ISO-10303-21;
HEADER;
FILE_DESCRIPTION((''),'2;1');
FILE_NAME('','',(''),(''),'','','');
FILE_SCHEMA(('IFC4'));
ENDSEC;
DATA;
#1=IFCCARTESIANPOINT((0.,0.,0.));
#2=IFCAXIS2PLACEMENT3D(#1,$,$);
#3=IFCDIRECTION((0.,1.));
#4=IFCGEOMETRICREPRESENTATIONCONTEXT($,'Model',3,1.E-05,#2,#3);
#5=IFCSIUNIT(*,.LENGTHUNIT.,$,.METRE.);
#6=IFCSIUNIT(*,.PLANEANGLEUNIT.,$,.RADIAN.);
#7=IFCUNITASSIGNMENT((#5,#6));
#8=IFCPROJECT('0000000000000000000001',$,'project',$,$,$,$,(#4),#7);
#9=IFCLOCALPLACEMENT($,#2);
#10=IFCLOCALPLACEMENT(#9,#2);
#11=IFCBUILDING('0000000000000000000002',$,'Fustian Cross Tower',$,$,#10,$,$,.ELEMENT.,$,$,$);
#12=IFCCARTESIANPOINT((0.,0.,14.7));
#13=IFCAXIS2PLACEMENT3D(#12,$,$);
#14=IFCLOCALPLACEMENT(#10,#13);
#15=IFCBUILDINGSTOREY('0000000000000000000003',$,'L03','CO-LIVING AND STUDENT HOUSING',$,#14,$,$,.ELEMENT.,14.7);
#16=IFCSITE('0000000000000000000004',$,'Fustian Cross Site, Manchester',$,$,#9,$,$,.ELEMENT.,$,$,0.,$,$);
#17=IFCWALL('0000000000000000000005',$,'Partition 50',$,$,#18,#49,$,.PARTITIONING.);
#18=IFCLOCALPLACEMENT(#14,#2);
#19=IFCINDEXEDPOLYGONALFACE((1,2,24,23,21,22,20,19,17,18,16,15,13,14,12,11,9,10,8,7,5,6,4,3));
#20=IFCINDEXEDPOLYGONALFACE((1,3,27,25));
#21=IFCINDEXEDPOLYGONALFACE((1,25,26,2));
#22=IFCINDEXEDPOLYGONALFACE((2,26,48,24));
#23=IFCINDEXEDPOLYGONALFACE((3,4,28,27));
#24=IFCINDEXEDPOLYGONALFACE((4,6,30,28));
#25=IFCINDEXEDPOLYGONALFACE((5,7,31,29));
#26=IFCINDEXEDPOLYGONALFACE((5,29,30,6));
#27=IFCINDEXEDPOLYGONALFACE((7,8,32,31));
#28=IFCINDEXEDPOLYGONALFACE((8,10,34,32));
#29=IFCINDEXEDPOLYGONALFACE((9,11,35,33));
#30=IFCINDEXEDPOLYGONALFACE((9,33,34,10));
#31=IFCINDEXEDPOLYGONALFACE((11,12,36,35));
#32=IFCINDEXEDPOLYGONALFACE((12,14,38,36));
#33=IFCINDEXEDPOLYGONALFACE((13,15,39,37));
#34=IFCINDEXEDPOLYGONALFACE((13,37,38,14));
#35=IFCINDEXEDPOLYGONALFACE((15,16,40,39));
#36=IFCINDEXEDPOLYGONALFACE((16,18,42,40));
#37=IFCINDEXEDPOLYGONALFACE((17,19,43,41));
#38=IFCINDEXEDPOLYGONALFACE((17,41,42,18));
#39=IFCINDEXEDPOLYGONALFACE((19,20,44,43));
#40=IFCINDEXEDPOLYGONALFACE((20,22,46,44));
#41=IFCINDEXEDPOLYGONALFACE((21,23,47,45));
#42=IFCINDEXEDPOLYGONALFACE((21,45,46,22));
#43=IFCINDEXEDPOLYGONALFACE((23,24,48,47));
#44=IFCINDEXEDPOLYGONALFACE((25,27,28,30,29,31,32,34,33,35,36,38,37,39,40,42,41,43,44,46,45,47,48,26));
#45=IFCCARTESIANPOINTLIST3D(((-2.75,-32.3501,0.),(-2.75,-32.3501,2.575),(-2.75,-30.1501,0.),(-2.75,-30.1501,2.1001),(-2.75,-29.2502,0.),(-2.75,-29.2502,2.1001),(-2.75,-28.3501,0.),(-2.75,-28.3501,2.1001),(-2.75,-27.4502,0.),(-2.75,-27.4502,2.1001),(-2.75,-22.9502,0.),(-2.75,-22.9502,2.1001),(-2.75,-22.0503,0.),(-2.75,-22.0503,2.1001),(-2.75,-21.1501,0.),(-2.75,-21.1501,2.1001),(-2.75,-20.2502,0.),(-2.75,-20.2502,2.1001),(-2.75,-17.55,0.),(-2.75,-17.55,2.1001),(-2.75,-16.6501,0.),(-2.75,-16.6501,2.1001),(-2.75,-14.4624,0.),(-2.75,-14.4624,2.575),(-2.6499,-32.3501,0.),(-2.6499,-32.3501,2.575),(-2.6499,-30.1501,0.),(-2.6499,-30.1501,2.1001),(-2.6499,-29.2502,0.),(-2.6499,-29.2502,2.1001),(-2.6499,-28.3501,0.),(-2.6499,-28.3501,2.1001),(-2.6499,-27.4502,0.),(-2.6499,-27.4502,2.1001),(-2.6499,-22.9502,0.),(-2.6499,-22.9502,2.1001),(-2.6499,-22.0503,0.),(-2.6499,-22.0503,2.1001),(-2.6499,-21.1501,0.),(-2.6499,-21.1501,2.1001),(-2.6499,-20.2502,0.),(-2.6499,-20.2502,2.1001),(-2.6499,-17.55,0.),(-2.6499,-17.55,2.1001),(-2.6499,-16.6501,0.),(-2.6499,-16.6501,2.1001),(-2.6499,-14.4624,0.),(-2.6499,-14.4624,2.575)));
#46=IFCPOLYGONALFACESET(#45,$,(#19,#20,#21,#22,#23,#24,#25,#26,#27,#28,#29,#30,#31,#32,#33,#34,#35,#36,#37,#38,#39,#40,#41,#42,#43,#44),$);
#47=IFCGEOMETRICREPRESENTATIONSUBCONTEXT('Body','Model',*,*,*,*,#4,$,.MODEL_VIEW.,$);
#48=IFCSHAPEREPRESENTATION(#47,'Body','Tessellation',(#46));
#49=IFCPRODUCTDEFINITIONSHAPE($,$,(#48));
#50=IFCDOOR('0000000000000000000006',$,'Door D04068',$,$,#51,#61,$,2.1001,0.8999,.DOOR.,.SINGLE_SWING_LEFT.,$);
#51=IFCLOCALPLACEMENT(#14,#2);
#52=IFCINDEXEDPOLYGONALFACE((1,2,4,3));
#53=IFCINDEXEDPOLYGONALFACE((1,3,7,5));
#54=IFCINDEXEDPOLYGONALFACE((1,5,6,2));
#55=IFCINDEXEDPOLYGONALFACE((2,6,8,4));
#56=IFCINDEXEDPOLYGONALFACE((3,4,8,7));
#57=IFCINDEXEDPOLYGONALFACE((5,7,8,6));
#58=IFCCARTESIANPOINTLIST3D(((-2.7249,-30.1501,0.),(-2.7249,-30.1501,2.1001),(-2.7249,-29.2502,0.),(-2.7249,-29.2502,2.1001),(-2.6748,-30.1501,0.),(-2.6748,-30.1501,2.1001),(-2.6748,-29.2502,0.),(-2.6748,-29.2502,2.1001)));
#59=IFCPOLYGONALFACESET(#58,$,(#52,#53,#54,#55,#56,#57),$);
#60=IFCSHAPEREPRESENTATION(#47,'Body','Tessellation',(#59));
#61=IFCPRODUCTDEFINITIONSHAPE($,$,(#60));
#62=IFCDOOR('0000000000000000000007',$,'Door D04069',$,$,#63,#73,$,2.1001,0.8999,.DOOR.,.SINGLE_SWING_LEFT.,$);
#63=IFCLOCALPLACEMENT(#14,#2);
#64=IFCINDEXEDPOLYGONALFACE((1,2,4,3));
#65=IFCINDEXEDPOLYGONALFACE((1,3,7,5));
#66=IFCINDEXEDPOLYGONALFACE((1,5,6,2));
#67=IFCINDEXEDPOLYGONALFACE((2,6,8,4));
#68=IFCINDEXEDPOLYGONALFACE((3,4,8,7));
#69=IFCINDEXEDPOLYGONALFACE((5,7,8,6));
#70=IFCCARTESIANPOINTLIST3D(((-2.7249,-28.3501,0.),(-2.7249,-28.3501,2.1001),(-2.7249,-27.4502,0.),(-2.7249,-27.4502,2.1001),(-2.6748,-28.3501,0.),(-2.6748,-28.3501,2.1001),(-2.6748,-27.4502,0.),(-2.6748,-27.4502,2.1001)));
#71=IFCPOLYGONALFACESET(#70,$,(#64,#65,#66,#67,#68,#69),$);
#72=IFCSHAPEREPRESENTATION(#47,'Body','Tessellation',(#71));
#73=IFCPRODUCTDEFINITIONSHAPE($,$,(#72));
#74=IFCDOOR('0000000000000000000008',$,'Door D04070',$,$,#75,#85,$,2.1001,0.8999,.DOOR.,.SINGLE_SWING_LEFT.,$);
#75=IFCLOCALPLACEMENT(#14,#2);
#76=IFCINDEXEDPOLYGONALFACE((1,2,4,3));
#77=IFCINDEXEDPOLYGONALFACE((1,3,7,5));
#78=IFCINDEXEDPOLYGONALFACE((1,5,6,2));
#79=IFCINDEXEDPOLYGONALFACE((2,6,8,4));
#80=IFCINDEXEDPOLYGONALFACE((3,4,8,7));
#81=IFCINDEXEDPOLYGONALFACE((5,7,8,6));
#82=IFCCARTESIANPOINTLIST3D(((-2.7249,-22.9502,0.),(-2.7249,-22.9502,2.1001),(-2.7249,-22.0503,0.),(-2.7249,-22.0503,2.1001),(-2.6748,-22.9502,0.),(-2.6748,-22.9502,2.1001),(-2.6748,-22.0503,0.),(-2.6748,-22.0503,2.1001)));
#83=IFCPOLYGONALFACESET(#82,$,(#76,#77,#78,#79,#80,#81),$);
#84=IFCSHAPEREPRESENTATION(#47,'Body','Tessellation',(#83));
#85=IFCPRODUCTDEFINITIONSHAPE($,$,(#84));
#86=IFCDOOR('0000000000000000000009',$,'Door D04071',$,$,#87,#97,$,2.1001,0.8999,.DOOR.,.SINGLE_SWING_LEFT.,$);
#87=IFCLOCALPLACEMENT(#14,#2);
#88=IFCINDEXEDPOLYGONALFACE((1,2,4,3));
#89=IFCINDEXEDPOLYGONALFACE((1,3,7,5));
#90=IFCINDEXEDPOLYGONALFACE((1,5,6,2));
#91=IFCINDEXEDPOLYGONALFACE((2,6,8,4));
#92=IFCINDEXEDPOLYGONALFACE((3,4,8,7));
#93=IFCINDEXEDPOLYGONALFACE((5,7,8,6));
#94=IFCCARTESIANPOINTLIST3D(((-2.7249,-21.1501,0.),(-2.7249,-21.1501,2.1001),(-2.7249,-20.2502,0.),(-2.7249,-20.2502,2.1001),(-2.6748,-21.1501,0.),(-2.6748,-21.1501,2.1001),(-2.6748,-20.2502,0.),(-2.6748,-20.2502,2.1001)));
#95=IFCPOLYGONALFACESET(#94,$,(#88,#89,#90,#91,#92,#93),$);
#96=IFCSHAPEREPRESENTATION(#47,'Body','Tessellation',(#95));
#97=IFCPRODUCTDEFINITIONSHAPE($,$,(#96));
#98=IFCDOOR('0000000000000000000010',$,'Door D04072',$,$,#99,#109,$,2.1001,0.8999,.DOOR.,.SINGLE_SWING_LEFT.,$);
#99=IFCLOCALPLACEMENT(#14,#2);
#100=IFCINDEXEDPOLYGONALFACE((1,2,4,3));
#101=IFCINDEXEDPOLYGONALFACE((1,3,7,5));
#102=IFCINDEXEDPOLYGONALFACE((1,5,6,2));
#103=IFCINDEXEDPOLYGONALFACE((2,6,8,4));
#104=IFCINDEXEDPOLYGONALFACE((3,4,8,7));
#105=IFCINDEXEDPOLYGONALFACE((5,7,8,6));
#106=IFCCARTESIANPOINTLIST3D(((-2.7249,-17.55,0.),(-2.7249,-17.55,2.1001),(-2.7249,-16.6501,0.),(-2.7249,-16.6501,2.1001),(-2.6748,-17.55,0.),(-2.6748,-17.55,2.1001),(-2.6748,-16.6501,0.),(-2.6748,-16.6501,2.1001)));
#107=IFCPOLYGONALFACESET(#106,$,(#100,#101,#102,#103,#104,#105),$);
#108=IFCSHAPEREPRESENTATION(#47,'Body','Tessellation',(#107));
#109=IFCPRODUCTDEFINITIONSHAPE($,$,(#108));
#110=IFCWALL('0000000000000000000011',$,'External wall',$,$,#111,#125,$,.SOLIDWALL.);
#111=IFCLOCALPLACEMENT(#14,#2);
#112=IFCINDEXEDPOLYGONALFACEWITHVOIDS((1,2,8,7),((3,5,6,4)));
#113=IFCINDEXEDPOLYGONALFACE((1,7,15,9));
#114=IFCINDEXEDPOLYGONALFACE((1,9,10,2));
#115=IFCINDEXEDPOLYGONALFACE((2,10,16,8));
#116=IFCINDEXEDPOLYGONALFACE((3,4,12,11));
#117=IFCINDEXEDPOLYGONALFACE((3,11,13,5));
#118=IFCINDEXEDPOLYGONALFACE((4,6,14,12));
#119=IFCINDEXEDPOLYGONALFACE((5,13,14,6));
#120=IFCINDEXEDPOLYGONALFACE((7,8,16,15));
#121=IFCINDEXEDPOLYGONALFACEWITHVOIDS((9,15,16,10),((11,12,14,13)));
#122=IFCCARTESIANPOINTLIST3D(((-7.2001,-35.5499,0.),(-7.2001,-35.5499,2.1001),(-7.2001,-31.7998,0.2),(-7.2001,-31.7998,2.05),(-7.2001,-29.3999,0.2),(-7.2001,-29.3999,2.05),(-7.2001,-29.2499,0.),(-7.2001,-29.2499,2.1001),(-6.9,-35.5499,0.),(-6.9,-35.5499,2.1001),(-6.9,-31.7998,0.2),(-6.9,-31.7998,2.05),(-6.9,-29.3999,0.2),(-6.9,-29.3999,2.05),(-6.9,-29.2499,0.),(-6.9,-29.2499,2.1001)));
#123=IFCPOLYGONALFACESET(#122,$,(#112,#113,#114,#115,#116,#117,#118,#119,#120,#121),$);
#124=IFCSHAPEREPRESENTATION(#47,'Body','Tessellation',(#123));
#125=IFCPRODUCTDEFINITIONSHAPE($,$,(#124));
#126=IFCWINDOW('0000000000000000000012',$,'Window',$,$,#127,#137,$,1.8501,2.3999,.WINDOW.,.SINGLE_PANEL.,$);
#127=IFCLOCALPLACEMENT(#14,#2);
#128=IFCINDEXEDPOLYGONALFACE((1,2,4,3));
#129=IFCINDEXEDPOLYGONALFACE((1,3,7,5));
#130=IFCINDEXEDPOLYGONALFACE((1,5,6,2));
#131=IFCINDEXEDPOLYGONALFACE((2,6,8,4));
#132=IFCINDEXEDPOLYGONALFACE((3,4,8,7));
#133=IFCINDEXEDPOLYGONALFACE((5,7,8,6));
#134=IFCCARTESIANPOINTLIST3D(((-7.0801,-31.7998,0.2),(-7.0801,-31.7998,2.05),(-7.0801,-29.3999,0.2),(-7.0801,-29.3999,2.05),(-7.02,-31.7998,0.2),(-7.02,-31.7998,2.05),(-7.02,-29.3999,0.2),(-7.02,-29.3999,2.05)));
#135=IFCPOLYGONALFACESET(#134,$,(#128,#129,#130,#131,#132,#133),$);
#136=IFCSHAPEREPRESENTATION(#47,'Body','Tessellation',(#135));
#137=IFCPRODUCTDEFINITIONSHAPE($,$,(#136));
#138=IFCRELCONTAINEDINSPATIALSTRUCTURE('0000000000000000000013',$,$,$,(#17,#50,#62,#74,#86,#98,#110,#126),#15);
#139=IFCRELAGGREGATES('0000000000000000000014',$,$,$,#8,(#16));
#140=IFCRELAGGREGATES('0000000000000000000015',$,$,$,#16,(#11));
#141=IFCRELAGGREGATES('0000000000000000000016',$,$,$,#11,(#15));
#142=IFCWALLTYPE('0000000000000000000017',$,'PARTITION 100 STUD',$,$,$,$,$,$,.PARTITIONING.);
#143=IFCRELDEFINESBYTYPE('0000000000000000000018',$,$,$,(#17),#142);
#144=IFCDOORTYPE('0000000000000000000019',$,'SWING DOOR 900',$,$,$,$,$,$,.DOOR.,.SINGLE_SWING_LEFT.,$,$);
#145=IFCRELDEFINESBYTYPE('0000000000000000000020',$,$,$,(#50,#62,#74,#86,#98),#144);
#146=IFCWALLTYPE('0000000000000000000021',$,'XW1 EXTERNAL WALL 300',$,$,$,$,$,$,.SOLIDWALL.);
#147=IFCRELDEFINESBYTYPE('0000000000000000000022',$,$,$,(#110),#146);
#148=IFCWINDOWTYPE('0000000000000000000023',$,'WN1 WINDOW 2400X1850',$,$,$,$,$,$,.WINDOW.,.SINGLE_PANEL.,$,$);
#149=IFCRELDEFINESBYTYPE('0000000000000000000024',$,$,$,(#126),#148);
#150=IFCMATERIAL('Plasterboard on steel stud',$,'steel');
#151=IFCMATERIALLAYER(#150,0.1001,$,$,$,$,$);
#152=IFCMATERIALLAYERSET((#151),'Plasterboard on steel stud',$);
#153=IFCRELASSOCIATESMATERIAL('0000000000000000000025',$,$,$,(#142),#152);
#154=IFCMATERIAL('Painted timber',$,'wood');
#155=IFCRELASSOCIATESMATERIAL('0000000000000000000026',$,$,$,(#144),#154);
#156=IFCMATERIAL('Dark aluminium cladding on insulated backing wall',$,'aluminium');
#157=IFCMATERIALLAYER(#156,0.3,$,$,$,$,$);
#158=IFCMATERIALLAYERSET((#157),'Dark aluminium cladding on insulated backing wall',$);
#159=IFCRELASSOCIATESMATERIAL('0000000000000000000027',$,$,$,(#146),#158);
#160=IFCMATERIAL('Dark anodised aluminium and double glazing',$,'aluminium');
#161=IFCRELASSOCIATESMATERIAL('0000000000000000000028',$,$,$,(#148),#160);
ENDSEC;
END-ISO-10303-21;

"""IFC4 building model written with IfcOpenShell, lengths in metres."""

from ifc_helpers import new_model, si_unit, direction, frame, frame_2d, origin, place, context, subcontext, project, spatial, rectangle, extrude, material, layer, layer_set, type_object, element, fill, save


model = new_model("IFC4")

# Units and contexts
model_context = context("Model", 3, precision=1e-05, world=origin(), true_north=direction((0.0, 1.0)))
body_context = subcontext(model_context, "Body", "Model", "MODEL_VIEW")
ifc_project = project(units=[si_unit("LENGTHUNIT", "METRE"), si_unit("PLANEANGLEUNIT", "RADIAN")], contexts=[model_context])

# Site, building, storey
site_placement = place(None, origin())
site = spatial("IfcSite", under=ifc_project, at=site_placement, Name="Fustian Cross Site, Manchester", CompositionType="ELEMENT", RefElevation=0.0)
building_placement = place(site_placement, origin())
building = spatial("IfcBuilding", under=site, at=building_placement, Name="Fustian Cross Tower", CompositionType="ELEMENT")
storey_placement = place(building_placement, frame((0.0, 0.0, 14.7)))
storey = spatial("IfcBuildingStorey", under=building, at=storey_placement, Name="L03", Description="CO-LIVING AND STUDENT HOUSING", CompositionType="ELEMENT", Elevation=14.7)

# Shared definitions
ifc_material_1 = material(Name="Plasterboard on steel stud", Category="steel")
ifc_layer_1 = layer(ifc_material_1, 0.1001)
ifc_layer_set_1 = layer_set([ifc_layer_1], Name="Plasterboard on steel stud")
wall_type_1 = type_object("IfcWallType", Name="PARTITION 100 STUD", PredefinedType="PARTITIONING", material=ifc_layer_set_1)

# Shared definitions
ifc_material_2 = material(Name="Painted timber", Category="wood")
door_type_1 = type_object("IfcDoorType", Name="SWING DOOR 900", OperationType="SINGLE_SWING_LEFT", PredefinedType="DOOR", material=ifc_material_2)

# Wall, openings, doors
wall_1_placement = place(storey_placement, frame((-2.7, -32.3501, 0.0), z_axis=(0.0, 0.0, 1.0), x_axis=(0.0, 1.0, 0.0)))
wall_1 = element("IfcWall", 1, at=wall_1_placement, inside=storey, type_object=wall_type_1, Name="Partition 50", PredefinedType="PARTITIONING", context=body_context, shape_type="SweptSolid", body=[
    extrude(rectangle(XDim=17.8877, YDim=0.1001, at=frame_2d((8.9438, 0.0))), origin(), (0.0, 0.0, 1.0), 2.575),
])
opening_1_placement = place(wall_1_placement, frame((2.2, 0.0, 0.0)))
opening_1 = element("IfcOpeningElement", 2, at=opening_1_placement, cuts=wall_1, PredefinedType="OPENING", context=body_context, shape_type="SweptSolid", body=[
    extrude(rectangle(XDim=0.8999, YDim=2.1001, at=frame_2d((0.45, 1.05))), frame((0.0, 0.0601, 0.0), z_axis=(0.0, -1.0, 0.0), x_axis=(1.0, 0.0, 0.0)), (0.0, 0.0, 1.0), 0.1201),
])
opening_2_placement = place(wall_1_placement, frame((4.0, 0.0, 0.0)))
opening_2 = element("IfcOpeningElement", 3, at=opening_2_placement, cuts=wall_1, PredefinedType="OPENING", context=body_context, shape_type="SweptSolid", body=[
    extrude(rectangle(XDim=0.8999, YDim=2.1001, at=frame_2d((0.45, 1.05))), frame((0.0, 0.0601, 0.0), z_axis=(0.0, -1.0, 0.0), x_axis=(1.0, 0.0, 0.0)), (0.0, 0.0, 1.0), 0.1201),
])
opening_3_placement = place(wall_1_placement, frame((9.3999, 0.0, 0.0)))
opening_3 = element("IfcOpeningElement", 4, at=opening_3_placement, cuts=wall_1, PredefinedType="OPENING", context=body_context, shape_type="SweptSolid", body=[
    extrude(rectangle(XDim=0.8999, YDim=2.1001, at=frame_2d((0.45, 1.05))), frame((0.0, 0.0601, 0.0), z_axis=(0.0, -1.0, 0.0), x_axis=(1.0, 0.0, 0.0)), (0.0, 0.0, 1.0), 0.1201),
])
opening_4_placement = place(wall_1_placement, frame((11.2, 0.0, 0.0)))
opening_4 = element("IfcOpeningElement", 5, at=opening_4_placement, cuts=wall_1, PredefinedType="OPENING", context=body_context, shape_type="SweptSolid", body=[
    extrude(rectangle(XDim=0.8999, YDim=2.1001, at=frame_2d((0.45, 1.05))), frame((0.0, 0.0601, 0.0), z_axis=(0.0, -1.0, 0.0), x_axis=(1.0, 0.0, 0.0)), (0.0, 0.0, 1.0), 0.1201),
])
opening_5_placement = place(wall_1_placement, frame((14.8, 0.0, 0.0)))
opening_5 = element("IfcOpeningElement", 6, at=opening_5_placement, cuts=wall_1, PredefinedType="OPENING", context=body_context, shape_type="SweptSolid", body=[
    extrude(rectangle(XDim=0.8999, YDim=2.1001, at=frame_2d((0.45, 1.05))), frame((0.0, 0.0601, 0.0), z_axis=(0.0, -1.0, 0.0), x_axis=(1.0, 0.0, 0.0)), (0.0, 0.0, 1.0), 0.1201),
])
door_1_placement = place(opening_1_placement, origin())
door_1 = element("IfcDoor", 7, at=door_1_placement, inside=storey, type_object=door_type_1, Name="Door D04068", OperationType="SINGLE_SWING_LEFT", OverallHeight=2.1001, OverallWidth=0.8999, PredefinedType="DOOR", context=body_context, shape_type="SweptSolid", body=[
    extrude(rectangle(XDim=0.8999, YDim=2.1001, at=frame_2d((0.45, 1.05))), frame((0.0, 0.0249, 0.0), z_axis=(0.0, -1.0, 0.0), x_axis=(1.0, 0.0, 0.0)), (0.0, 0.0, 1.0), 0.05),
])
fill(opening_1, door_1)
door_2_placement = place(opening_2_placement, origin())
door_2 = element("IfcDoor", 8, at=door_2_placement, inside=storey, type_object=door_type_1, Name="Door D04069", OperationType="SINGLE_SWING_LEFT", OverallHeight=2.1001, OverallWidth=0.8999, PredefinedType="DOOR", context=body_context, shape_type="SweptSolid", body=[
    extrude(rectangle(XDim=0.8999, YDim=2.1001, at=frame_2d((0.45, 1.05))), frame((0.0, 0.0249, 0.0), z_axis=(0.0, -1.0, 0.0), x_axis=(1.0, 0.0, 0.0)), (0.0, 0.0, 1.0), 0.05),
])
fill(opening_2, door_2)
door_3_placement = place(opening_3_placement, origin())
door_3 = element("IfcDoor", 9, at=door_3_placement, inside=storey, type_object=door_type_1, Name="Door D04070", OperationType="SINGLE_SWING_LEFT", OverallHeight=2.1001, OverallWidth=0.8999, PredefinedType="DOOR", context=body_context, shape_type="SweptSolid", body=[
    extrude(rectangle(XDim=0.8999, YDim=2.1001, at=frame_2d((0.45, 1.05))), frame((0.0, 0.0249, 0.0), z_axis=(0.0, -1.0, 0.0), x_axis=(1.0, 0.0, 0.0)), (0.0, 0.0, 1.0), 0.05),
])
fill(opening_3, door_3)
door_4_placement = place(opening_4_placement, origin())
door_4 = element("IfcDoor", 10, at=door_4_placement, inside=storey, type_object=door_type_1, Name="Door D04071", OperationType="SINGLE_SWING_LEFT", OverallHeight=2.1001, OverallWidth=0.8999, PredefinedType="DOOR", context=body_context, shape_type="SweptSolid", body=[
    extrude(rectangle(XDim=0.8999, YDim=2.1001, at=frame_2d((0.45, 1.05))), frame((0.0, 0.0249, 0.0), z_axis=(0.0, -1.0, 0.0), x_axis=(1.0, 0.0, 0.0)), (0.0, 0.0, 1.0), 0.05),
])
fill(opening_4, door_4)
door_5_placement = place(opening_5_placement, origin())
door_5 = element("IfcDoor", 11, at=door_5_placement, inside=storey, type_object=door_type_1, Name="Door D04072", OperationType="SINGLE_SWING_LEFT", OverallHeight=2.1001, OverallWidth=0.8999, PredefinedType="DOOR", context=body_context, shape_type="SweptSolid", body=[
    extrude(rectangle(XDim=0.8999, YDim=2.1001, at=frame_2d((0.45, 1.05))), frame((0.0, 0.0249, 0.0), z_axis=(0.0, -1.0, 0.0), x_axis=(1.0, 0.0, 0.0)), (0.0, 0.0, 1.0), 0.05),
])
fill(opening_5, door_5)

# Wall, opening, window
ifc_material_3 = material(Name="Dark aluminium cladding on insulated backing wall", Category="aluminium")
ifc_layer_2 = layer(ifc_material_3, 0.3)
ifc_layer_set_2 = layer_set([ifc_layer_2], Name="Dark aluminium cladding on insulated backing wall")
wall_type_2 = type_object("IfcWallType", Name="XW1 EXTERNAL WALL 300", PredefinedType="SOLIDWALL", material=ifc_layer_set_2)
wall_2_placement = place(storey_placement, frame((-7.05, -29.25, 0.0), z_axis=(0.0, 0.0, 1.0), x_axis=(0.0, -1.0, 0.0)))
wall_2 = element("IfcWall", 12, at=wall_2_placement, inside=storey, type_object=wall_type_2, Name="External wall", PredefinedType="SOLIDWALL", context=body_context, shape_type="SweptSolid", body=[
    extrude(rectangle(XDim=6.3, YDim=0.3, at=frame_2d((3.1499, 0.0))), origin(), (0.0, 0.0, 1.0), 2.1001),
])
opening_6_placement = place(wall_2_placement, frame((0.1499, 0.0, 0.2)))
opening_6 = element("IfcOpeningElement", 13, at=opening_6_placement, cuts=wall_2, PredefinedType="OPENING", context=body_context, shape_type="SweptSolid", body=[
    extrude(rectangle(XDim=2.3999, YDim=1.8501, at=frame_2d((1.2, 0.925))), frame((0.0, 0.1599, 0.0), z_axis=(0.0, -1.0, 0.0), x_axis=(1.0, 0.0, 0.0)), (0.0, 0.0, 1.0), 0.3201),
])
ifc_material_4 = material(Name="Dark anodised aluminium and double glazing", Category="aluminium")
window_type = type_object("IfcWindowType", Name="WN1 WINDOW 2400X1850", PartitioningType="SINGLE_PANEL", PredefinedType="WINDOW", material=ifc_material_4)
window_placement = place(opening_6_placement, origin())
window = element("IfcWindow", 14, at=window_placement, inside=storey, type_object=window_type, Name="Window", OverallHeight=1.8501, OverallWidth=2.3999, PartitioningType="SINGLE_PANEL", PredefinedType="WINDOW", context=body_context, shape_type="SweptSolid", body=[
    extrude(rectangle(XDim=2.3999, YDim=1.8501, at=frame_2d((1.2, 0.925))), frame((0.0, 0.03, 0.0), z_axis=(0.0, -1.0, 0.0), x_axis=(1.0, 0.0, 0.0)), (0.0, 0.0, 1.0), 0.0601),
])
fill(opening_6, window)

save(model, "model.ifc")
